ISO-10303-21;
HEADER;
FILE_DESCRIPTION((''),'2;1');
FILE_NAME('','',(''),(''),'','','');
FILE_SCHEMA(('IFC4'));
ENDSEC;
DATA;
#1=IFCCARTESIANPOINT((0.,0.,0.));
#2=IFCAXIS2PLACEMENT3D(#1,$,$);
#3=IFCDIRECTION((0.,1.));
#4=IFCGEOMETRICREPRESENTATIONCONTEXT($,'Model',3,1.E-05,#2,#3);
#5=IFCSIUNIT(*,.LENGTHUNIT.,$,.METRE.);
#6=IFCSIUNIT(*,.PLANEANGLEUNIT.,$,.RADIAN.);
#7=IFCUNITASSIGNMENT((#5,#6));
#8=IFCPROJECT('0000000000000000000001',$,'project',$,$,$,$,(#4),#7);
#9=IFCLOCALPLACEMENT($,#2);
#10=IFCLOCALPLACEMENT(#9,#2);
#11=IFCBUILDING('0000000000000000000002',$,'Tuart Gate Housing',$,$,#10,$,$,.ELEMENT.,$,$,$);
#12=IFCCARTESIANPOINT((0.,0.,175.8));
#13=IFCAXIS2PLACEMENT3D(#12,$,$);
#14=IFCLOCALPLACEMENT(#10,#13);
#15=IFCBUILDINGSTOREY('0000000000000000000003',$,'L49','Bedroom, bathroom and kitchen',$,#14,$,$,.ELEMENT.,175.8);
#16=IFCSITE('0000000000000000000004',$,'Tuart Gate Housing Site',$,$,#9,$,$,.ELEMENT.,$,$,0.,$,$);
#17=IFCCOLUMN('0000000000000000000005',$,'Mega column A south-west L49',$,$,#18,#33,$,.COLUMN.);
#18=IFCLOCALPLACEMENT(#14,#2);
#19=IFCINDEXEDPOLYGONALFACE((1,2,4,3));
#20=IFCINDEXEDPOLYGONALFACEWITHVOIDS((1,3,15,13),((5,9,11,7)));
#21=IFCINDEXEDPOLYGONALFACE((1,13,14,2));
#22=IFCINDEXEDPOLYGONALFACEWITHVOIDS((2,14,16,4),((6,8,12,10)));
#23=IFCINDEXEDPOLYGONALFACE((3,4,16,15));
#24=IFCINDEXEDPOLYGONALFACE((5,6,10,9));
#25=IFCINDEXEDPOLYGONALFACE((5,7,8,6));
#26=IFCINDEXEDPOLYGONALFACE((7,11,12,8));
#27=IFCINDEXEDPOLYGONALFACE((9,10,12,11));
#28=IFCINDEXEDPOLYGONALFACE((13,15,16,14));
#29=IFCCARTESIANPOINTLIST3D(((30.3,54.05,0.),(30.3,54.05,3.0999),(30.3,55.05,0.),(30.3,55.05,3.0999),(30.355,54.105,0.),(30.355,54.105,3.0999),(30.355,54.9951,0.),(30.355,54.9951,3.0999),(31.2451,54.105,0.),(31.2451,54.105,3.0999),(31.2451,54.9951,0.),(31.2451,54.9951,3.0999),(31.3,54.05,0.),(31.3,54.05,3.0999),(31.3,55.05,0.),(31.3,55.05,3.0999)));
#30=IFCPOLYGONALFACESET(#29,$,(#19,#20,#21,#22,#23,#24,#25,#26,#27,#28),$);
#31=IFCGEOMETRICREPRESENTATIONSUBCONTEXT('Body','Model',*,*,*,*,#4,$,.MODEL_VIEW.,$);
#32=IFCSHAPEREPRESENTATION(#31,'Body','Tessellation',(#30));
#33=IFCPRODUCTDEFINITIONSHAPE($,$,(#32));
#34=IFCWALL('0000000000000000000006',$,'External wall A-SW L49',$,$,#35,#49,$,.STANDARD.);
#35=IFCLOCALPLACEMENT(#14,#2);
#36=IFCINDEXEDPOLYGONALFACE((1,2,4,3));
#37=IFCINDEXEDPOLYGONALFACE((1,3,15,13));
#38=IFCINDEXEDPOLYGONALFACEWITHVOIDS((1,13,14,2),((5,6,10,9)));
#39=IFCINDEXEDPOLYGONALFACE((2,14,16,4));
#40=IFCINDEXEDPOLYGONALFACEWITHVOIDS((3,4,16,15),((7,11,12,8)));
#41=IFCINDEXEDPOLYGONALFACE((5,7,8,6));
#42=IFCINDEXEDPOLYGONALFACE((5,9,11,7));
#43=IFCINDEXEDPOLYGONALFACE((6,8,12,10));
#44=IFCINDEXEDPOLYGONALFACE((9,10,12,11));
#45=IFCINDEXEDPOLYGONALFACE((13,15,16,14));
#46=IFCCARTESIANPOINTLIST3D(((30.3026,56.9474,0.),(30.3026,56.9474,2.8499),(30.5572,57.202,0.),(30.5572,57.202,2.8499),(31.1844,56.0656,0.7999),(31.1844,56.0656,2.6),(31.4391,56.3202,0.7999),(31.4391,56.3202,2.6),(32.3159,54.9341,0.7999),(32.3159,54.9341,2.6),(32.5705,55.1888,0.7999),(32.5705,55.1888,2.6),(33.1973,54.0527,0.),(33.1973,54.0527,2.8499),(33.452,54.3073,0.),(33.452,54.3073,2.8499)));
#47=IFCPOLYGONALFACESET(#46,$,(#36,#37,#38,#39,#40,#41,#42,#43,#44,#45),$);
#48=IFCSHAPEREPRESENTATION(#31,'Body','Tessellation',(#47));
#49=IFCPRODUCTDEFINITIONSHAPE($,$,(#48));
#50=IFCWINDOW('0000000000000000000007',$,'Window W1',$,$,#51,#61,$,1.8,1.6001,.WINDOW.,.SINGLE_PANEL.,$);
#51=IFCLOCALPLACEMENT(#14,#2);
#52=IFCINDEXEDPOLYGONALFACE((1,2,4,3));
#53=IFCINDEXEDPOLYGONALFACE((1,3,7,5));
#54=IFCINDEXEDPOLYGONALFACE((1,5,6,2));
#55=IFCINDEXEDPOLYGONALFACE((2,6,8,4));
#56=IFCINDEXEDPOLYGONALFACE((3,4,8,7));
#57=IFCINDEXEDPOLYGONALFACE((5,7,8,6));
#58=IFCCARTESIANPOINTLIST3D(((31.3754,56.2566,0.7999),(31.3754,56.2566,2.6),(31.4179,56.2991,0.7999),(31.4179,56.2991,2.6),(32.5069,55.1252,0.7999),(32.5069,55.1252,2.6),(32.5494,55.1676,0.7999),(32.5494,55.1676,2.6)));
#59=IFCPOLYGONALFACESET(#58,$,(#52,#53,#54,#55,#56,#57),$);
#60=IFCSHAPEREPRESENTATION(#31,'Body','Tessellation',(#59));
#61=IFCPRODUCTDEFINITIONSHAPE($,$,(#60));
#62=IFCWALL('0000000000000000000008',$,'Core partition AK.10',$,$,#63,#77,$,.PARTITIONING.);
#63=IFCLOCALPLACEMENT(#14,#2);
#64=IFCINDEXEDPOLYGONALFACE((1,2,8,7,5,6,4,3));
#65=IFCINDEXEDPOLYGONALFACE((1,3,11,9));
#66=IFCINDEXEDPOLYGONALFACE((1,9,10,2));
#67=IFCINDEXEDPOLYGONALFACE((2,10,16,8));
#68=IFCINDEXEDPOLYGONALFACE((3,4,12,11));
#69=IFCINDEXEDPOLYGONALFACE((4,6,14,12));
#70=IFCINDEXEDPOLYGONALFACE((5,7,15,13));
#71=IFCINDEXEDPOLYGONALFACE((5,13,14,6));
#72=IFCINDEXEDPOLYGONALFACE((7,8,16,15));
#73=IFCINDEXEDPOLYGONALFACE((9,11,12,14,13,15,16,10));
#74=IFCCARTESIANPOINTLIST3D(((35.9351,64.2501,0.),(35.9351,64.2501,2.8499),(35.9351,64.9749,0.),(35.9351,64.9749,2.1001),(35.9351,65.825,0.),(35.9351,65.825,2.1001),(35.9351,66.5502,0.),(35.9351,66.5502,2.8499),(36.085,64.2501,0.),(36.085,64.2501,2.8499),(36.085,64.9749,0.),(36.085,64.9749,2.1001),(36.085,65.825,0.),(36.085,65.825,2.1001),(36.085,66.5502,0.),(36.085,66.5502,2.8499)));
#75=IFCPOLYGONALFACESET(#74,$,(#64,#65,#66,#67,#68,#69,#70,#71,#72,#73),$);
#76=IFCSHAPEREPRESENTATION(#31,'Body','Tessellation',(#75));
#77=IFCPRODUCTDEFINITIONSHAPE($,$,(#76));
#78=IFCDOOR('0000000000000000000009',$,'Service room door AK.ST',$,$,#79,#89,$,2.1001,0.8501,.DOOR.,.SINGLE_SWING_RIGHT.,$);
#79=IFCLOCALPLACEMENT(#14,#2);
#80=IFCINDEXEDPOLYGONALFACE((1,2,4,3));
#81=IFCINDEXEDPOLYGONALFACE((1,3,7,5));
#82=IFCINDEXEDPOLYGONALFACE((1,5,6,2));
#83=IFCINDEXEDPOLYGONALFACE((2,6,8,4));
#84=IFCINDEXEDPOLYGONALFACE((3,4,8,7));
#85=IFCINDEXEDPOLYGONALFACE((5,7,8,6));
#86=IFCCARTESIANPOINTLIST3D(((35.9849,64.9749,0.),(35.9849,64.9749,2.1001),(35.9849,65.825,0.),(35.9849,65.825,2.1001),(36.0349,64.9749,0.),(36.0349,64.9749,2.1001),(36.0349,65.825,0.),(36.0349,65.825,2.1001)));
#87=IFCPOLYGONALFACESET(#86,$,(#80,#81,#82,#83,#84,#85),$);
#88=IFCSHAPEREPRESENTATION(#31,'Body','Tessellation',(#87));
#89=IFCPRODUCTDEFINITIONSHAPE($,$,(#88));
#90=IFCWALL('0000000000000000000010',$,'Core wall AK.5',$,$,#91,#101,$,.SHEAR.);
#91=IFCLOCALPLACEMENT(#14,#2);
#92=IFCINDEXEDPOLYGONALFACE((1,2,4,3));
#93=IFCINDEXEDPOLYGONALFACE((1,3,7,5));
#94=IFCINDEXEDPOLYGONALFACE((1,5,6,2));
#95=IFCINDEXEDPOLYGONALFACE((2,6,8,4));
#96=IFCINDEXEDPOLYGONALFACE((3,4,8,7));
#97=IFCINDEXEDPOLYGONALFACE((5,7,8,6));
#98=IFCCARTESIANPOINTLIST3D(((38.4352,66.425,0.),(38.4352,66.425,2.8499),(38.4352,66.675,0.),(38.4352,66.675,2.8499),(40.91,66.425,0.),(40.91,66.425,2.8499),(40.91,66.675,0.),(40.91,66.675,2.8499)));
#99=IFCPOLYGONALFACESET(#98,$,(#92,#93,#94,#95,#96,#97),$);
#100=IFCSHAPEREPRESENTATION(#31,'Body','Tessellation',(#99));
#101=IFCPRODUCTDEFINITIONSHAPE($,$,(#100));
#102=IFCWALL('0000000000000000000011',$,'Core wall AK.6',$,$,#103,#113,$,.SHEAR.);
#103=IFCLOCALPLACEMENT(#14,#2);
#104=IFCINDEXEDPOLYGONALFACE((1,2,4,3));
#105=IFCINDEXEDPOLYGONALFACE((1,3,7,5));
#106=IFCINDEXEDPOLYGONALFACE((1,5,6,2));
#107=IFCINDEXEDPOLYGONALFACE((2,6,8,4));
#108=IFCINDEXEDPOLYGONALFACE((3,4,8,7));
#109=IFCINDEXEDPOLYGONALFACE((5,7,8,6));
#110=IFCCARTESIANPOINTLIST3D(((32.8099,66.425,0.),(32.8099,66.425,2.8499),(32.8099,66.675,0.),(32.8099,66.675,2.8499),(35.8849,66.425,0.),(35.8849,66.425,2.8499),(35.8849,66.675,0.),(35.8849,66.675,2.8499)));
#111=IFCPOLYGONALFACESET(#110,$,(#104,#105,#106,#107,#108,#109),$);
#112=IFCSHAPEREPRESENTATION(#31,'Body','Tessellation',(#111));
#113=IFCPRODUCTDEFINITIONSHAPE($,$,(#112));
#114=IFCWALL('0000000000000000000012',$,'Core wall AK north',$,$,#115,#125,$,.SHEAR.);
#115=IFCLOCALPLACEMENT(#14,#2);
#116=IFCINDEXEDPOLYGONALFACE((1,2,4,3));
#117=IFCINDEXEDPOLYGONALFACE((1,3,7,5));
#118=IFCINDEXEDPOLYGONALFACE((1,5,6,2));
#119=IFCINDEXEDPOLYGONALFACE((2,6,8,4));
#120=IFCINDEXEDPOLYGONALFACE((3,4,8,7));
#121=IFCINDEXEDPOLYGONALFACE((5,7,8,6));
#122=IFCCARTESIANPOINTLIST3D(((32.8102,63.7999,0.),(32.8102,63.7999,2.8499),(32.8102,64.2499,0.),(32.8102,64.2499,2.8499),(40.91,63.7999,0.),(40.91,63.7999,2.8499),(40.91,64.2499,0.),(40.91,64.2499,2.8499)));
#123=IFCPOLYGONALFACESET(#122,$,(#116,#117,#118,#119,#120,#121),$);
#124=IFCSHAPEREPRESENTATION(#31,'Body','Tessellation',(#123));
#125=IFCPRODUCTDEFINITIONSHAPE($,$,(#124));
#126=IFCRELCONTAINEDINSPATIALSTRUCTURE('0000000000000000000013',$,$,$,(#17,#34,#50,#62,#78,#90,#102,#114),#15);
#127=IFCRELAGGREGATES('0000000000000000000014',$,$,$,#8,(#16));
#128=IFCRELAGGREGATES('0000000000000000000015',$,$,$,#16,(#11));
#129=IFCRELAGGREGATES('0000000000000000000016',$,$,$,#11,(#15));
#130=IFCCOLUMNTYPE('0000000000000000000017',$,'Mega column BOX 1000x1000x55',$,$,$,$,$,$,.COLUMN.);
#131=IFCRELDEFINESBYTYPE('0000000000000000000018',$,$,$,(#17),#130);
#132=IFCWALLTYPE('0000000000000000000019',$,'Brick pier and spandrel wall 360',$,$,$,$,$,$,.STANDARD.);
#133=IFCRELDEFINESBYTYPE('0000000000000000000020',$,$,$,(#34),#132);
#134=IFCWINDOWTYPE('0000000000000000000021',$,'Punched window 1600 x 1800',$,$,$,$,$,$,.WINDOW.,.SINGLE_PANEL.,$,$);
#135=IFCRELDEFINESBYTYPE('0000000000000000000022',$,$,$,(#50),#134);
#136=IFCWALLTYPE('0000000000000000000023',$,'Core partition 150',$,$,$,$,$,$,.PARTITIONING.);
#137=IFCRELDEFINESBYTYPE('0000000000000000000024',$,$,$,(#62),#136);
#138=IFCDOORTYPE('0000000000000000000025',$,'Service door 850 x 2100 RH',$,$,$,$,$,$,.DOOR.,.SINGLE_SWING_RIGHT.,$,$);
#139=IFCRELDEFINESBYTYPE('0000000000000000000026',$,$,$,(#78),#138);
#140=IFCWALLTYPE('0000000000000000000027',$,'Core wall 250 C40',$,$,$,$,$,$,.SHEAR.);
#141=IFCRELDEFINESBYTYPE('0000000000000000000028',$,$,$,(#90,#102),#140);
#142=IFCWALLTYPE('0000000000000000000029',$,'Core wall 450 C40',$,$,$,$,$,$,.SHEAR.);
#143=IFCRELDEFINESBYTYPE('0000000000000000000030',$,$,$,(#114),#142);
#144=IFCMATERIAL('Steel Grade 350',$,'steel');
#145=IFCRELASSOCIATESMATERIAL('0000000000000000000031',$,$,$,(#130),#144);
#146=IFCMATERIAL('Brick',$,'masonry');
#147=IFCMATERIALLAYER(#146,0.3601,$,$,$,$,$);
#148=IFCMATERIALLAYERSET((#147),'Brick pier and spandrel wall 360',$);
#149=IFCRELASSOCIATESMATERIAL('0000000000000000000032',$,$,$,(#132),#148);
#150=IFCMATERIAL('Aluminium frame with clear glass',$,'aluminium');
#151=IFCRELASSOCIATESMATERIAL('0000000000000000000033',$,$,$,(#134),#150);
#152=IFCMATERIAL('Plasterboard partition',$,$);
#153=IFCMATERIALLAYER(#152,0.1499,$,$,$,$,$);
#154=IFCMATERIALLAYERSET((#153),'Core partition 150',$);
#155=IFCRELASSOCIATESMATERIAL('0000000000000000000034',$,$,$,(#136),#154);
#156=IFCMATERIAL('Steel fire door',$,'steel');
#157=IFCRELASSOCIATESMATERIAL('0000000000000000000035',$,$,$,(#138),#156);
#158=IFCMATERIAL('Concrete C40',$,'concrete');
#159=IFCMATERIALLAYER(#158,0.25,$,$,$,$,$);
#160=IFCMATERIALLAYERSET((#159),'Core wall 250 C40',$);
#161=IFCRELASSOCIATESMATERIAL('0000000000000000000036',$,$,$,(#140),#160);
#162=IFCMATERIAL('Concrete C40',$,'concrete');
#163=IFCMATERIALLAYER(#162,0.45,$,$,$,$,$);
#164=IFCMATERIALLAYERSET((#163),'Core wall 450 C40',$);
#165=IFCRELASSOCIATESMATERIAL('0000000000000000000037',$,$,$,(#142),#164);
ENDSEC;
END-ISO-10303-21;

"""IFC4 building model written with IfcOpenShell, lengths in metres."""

from ifc_helpers import new_model, si_unit, direction, frame, frame_2d, origin, origin_2d, place, context, subcontext, project, spatial, rectangle, hollow_rectangle, extrude, material, layer, layer_set, material_profile, profile_set, type_object, element, fill, save


model = new_model("IFC4")

# Units and contexts
model_context = context("Model", 3, precision=1e-05, world=origin(), true_north=direction((0.0, 1.0)))
body_context = subcontext(model_context, "Body", "Model", "MODEL_VIEW")
ifc_project = project(units=[si_unit("LENGTHUNIT", "METRE"), si_unit("PLANEANGLEUNIT", "RADIAN")], contexts=[model_context])

# Site, building, storey
site_placement = place(None, origin())
site = spatial("IfcSite", under=ifc_project, at=site_placement, Name="Tuart Gate Housing Site", CompositionType="ELEMENT", RefElevation=0.0)
building_placement = place(site_placement, origin())
building = spatial("IfcBuilding", under=site, at=building_placement, Name="Tuart Gate Housing", CompositionType="ELEMENT")
storey_placement = place(building_placement, frame((0.0, 0.0, 175.8)))
storey = spatial("IfcBuildingStorey", under=building, at=storey_placement, Name="L49", Description="Bedroom, bathroom and kitchen", CompositionType="ELEMENT", Elevation=175.8)

# Column
ifc_material_1 = material(Name="Steel Grade 350", Category="steel")
ifc_material_profile = material_profile(ifc_material_1, hollow_rectangle(XDim=1.0, YDim=1.0, WallThickness=0.0549, at=origin_2d()), Name="BOX 1000x1000x55")
ifc_profile_set = profile_set([ifc_material_profile], Name="Steel Grade 350")
column_type = type_object("IfcColumnType", Name="Mega column BOX 1000x1000x55", PredefinedType="COLUMN", material=ifc_profile_set)
column_placement = place(storey_placement, frame((30.8, 54.55, 0.0), z_axis=(0.0, 0.0, 1.0), x_axis=(1.0, 0.0, 0.0)))
element("IfcColumn", 1, at=column_placement, inside=storey, type_object=column_type, Name="Mega column A south-west L49", PredefinedType="COLUMN", context=body_context, shape_type="SweptSolid", body=[
    extrude(hollow_rectangle(XDim=1.0, YDim=1.0, WallThickness=0.0549, at=origin_2d()), origin(), (0.0, 0.0, 1.0), 3.0999),
])

# Wall, opening, window
ifc_material_2 = material(Name="Brick", Category="masonry")
ifc_layer_1 = layer(ifc_material_2, 0.3601)
ifc_layer_set_1 = layer_set([ifc_layer_1], Name="Brick pier and spandrel wall 360")
wall_type_1 = type_object("IfcWallType", Name="Brick pier and spandrel wall 360", PredefinedType="STANDARD", material=ifc_layer_set_1)
wall_1_placement = place(storey_placement, frame((30.4299, 57.0747, 0.0), z_axis=(0.0, 0.0, 1.0), x_axis=(0.707107, -0.707107, 0.0)))
wall_1 = element("IfcWall", 2, at=wall_1_placement, inside=storey, type_object=wall_type_1, Name="External wall A-SW L49", PredefinedType="STANDARD", context=body_context, shape_type="SweptSolid", body=[
    extrude(rectangle(XDim=4.0938, YDim=0.3601, at=frame_2d((2.0469, 0.0))), origin(), (0.0, 0.0, 1.0), 2.8499),
])
opening_1_placement = place(wall_1_placement, frame((1.2471, 0.0, 0.8)))
opening_1 = element("IfcOpeningElement", 3, at=opening_1_placement, cuts=wall_1, PredefinedType="OPENING", context=body_context, shape_type="SweptSolid", body=[
    extrude(rectangle(XDim=1.6001, YDim=1.8, at=frame_2d((0.8, 0.8999))), frame((0.0, 0.1899, 0.0), z_axis=(0.0, -1.0, 0.0), x_axis=(1.0, 0.0, 0.0)), (0.0, 0.0, 1.0), 0.3801),
])
ifc_material_3 = material(Name="Aluminium frame with clear glass", Category="aluminium")
window_type = type_object("IfcWindowType", Name="Punched window 1600 x 1800", PartitioningType="SINGLE_PANEL", PredefinedType="WINDOW", material=ifc_material_3)
window_placement = place(opening_1_placement, origin())
window = element("IfcWindow", 4, at=window_placement, inside=storey, type_object=window_type, Name="Window W1", OverallHeight=1.8, OverallWidth=1.6001, PartitioningType="SINGLE_PANEL", PredefinedType="WINDOW", context=body_context, shape_type="SweptSolid", body=[
    extrude(rectangle(XDim=1.6001, YDim=1.8, at=frame_2d((0.8, 0.8999))), frame((0.0, 0.1501, 0.0), z_axis=(0.0, -1.0, 0.0), x_axis=(1.0, 0.0, 0.0)), (0.0, 0.0, 1.0), 0.0601),
])
fill(opening_1, window)

# Wall, opening, door
ifc_material_4 = material(Name="Plasterboard partition")
ifc_layer_2 = layer(ifc_material_4, 0.1499)
ifc_layer_set_2 = layer_set([ifc_layer_2], Name="Core partition 150")
wall_type_2 = type_object("IfcWallType", Name="Core partition 150", PredefinedType="PARTITIONING", material=ifc_layer_set_2)
wall_2_placement = place(storey_placement, frame((36.01, 66.55, 0.0), z_axis=(0.0, 0.0, 1.0), x_axis=(0.0, -1.0, 0.0)))
wall_2 = element("IfcWall", 5, at=wall_2_placement, inside=storey, type_object=wall_type_2, Name="Core partition AK.10", PredefinedType="PARTITIONING", context=body_context, shape_type="SweptSolid", body=[
    extrude(rectangle(XDim=2.3, YDim=0.1499, at=frame_2d((1.1499, 0.0))), origin(), (0.0, 0.0, 1.0), 2.8499),
])
opening_2_placement = place(wall_2_placement, frame((0.7251, 0.0, 0.0)))
opening_2 = element("IfcOpeningElement", 6, at=opening_2_placement, cuts=wall_2, PredefinedType="OPENING", context=body_context, shape_type="SweptSolid", body=[
    extrude(rectangle(XDim=0.8501, YDim=2.1001, at=frame_2d((0.425, 1.05))), frame((0.0, 0.085, 0.0), z_axis=(0.0, -1.0, 0.0), x_axis=(1.0, 0.0, 0.0)), (0.0, 0.0, 1.0), 0.1699),
])
ifc_material_5 = material(Name="Steel fire door", Category="steel")
door_type_1 = type_object("IfcDoorType", Name="Service door 850 x 2100 RH", OperationType="SINGLE_SWING_RIGHT", PredefinedType="DOOR", material=ifc_material_5)
door_1_placement = place(opening_2_placement, frame((0.8501, 0.0, 0.0), z_axis=(0.0, 0.0, 1.0), x_axis=(-1.0, 0.0, 0.0)))
door_1 = element("IfcDoor", 7, at=door_1_placement, inside=storey, type_object=door_type_1, Name="Service room door AK.ST", OperationType="SINGLE_SWING_RIGHT", OverallHeight=2.1001, OverallWidth=0.8501, PredefinedType="DOOR", context=body_context, shape_type="SweptSolid", body=[
    extrude(rectangle(XDim=0.8501, YDim=2.1001, at=frame_2d((0.425, 1.05))), frame((0.0, 0.0251, 0.0), z_axis=(0.0, -1.0, 0.0), x_axis=(1.0, 0.0, 0.0)), (0.0, 0.0, 1.0), 0.05),
])
fill(opening_2, door_1)

# Walls
ifc_material_6 = material(Name="Concrete C40", Category="concrete")
ifc_layer_3 = layer(ifc_material_6, 0.25)
ifc_layer_set_3 = layer_set([ifc_layer_3], Name="Core wall 250 C40")
wall_type_3 = type_object("IfcWallType", Name="Core wall 250 C40", PredefinedType="SHEAR", material=ifc_layer_set_3)
wall_3_placement = place(storey_placement, frame((40.9099, 66.55, 0.0), z_axis=(0.0, 0.0, 1.0), x_axis=(-1.0, 0.0, 0.0)))
element("IfcWall", 8, at=wall_3_placement, inside=storey, type_object=wall_type_3, Name="Core wall AK.5", PredefinedType="SHEAR", context=body_context, shape_type="SweptSolid", body=[
    extrude(rectangle(XDim=2.4749, YDim=0.25, at=frame_2d((1.2373, 0.0))), origin(), (0.0, 0.0, 1.0), 2.8499),
])
wall_4_placement = place(storey_placement, frame((35.885, 66.55, 0.0), z_axis=(0.0, 0.0, 1.0), x_axis=(-1.0, 0.0, 0.0)))
element("IfcWall", 9, at=wall_4_placement, inside=storey, type_object=wall_type_3, Name="Core wall AK.6", PredefinedType="SHEAR", context=body_context, shape_type="SweptSolid", body=[
    extrude(rectangle(XDim=3.075, YDim=0.25, at=frame_2d((1.5376, 0.0))), origin(), (0.0, 0.0, 1.0), 2.8499),
])
ifc_material_7 = material(Name="Concrete C40", Category="concrete")
ifc_layer_4 = layer(ifc_material_7, 0.45)
ifc_layer_set_4 = layer_set([ifc_layer_4], Name="Core wall 450 C40")
wall_type_4 = type_object("IfcWallType", Name="Core wall 450 C40", PredefinedType="SHEAR", material=ifc_layer_set_4)
wall_5_placement = place(storey_placement, frame((40.9099, 64.0249, 0.0), z_axis=(0.0, 0.0, 1.0), x_axis=(-1.0, 0.0, 0.0)))
element("IfcWall", 10, at=wall_5_placement, inside=storey, type_object=wall_type_4, Name="Core wall AK north", PredefinedType="SHEAR", context=body_context, shape_type="SweptSolid", body=[
    extrude(rectangle(XDim=8.0999, YDim=0.45, at=frame_2d((4.0498, 0.0))), origin(), (0.0, 0.0, 1.0), 2.8499),
])

save(model, "model.ifc")
